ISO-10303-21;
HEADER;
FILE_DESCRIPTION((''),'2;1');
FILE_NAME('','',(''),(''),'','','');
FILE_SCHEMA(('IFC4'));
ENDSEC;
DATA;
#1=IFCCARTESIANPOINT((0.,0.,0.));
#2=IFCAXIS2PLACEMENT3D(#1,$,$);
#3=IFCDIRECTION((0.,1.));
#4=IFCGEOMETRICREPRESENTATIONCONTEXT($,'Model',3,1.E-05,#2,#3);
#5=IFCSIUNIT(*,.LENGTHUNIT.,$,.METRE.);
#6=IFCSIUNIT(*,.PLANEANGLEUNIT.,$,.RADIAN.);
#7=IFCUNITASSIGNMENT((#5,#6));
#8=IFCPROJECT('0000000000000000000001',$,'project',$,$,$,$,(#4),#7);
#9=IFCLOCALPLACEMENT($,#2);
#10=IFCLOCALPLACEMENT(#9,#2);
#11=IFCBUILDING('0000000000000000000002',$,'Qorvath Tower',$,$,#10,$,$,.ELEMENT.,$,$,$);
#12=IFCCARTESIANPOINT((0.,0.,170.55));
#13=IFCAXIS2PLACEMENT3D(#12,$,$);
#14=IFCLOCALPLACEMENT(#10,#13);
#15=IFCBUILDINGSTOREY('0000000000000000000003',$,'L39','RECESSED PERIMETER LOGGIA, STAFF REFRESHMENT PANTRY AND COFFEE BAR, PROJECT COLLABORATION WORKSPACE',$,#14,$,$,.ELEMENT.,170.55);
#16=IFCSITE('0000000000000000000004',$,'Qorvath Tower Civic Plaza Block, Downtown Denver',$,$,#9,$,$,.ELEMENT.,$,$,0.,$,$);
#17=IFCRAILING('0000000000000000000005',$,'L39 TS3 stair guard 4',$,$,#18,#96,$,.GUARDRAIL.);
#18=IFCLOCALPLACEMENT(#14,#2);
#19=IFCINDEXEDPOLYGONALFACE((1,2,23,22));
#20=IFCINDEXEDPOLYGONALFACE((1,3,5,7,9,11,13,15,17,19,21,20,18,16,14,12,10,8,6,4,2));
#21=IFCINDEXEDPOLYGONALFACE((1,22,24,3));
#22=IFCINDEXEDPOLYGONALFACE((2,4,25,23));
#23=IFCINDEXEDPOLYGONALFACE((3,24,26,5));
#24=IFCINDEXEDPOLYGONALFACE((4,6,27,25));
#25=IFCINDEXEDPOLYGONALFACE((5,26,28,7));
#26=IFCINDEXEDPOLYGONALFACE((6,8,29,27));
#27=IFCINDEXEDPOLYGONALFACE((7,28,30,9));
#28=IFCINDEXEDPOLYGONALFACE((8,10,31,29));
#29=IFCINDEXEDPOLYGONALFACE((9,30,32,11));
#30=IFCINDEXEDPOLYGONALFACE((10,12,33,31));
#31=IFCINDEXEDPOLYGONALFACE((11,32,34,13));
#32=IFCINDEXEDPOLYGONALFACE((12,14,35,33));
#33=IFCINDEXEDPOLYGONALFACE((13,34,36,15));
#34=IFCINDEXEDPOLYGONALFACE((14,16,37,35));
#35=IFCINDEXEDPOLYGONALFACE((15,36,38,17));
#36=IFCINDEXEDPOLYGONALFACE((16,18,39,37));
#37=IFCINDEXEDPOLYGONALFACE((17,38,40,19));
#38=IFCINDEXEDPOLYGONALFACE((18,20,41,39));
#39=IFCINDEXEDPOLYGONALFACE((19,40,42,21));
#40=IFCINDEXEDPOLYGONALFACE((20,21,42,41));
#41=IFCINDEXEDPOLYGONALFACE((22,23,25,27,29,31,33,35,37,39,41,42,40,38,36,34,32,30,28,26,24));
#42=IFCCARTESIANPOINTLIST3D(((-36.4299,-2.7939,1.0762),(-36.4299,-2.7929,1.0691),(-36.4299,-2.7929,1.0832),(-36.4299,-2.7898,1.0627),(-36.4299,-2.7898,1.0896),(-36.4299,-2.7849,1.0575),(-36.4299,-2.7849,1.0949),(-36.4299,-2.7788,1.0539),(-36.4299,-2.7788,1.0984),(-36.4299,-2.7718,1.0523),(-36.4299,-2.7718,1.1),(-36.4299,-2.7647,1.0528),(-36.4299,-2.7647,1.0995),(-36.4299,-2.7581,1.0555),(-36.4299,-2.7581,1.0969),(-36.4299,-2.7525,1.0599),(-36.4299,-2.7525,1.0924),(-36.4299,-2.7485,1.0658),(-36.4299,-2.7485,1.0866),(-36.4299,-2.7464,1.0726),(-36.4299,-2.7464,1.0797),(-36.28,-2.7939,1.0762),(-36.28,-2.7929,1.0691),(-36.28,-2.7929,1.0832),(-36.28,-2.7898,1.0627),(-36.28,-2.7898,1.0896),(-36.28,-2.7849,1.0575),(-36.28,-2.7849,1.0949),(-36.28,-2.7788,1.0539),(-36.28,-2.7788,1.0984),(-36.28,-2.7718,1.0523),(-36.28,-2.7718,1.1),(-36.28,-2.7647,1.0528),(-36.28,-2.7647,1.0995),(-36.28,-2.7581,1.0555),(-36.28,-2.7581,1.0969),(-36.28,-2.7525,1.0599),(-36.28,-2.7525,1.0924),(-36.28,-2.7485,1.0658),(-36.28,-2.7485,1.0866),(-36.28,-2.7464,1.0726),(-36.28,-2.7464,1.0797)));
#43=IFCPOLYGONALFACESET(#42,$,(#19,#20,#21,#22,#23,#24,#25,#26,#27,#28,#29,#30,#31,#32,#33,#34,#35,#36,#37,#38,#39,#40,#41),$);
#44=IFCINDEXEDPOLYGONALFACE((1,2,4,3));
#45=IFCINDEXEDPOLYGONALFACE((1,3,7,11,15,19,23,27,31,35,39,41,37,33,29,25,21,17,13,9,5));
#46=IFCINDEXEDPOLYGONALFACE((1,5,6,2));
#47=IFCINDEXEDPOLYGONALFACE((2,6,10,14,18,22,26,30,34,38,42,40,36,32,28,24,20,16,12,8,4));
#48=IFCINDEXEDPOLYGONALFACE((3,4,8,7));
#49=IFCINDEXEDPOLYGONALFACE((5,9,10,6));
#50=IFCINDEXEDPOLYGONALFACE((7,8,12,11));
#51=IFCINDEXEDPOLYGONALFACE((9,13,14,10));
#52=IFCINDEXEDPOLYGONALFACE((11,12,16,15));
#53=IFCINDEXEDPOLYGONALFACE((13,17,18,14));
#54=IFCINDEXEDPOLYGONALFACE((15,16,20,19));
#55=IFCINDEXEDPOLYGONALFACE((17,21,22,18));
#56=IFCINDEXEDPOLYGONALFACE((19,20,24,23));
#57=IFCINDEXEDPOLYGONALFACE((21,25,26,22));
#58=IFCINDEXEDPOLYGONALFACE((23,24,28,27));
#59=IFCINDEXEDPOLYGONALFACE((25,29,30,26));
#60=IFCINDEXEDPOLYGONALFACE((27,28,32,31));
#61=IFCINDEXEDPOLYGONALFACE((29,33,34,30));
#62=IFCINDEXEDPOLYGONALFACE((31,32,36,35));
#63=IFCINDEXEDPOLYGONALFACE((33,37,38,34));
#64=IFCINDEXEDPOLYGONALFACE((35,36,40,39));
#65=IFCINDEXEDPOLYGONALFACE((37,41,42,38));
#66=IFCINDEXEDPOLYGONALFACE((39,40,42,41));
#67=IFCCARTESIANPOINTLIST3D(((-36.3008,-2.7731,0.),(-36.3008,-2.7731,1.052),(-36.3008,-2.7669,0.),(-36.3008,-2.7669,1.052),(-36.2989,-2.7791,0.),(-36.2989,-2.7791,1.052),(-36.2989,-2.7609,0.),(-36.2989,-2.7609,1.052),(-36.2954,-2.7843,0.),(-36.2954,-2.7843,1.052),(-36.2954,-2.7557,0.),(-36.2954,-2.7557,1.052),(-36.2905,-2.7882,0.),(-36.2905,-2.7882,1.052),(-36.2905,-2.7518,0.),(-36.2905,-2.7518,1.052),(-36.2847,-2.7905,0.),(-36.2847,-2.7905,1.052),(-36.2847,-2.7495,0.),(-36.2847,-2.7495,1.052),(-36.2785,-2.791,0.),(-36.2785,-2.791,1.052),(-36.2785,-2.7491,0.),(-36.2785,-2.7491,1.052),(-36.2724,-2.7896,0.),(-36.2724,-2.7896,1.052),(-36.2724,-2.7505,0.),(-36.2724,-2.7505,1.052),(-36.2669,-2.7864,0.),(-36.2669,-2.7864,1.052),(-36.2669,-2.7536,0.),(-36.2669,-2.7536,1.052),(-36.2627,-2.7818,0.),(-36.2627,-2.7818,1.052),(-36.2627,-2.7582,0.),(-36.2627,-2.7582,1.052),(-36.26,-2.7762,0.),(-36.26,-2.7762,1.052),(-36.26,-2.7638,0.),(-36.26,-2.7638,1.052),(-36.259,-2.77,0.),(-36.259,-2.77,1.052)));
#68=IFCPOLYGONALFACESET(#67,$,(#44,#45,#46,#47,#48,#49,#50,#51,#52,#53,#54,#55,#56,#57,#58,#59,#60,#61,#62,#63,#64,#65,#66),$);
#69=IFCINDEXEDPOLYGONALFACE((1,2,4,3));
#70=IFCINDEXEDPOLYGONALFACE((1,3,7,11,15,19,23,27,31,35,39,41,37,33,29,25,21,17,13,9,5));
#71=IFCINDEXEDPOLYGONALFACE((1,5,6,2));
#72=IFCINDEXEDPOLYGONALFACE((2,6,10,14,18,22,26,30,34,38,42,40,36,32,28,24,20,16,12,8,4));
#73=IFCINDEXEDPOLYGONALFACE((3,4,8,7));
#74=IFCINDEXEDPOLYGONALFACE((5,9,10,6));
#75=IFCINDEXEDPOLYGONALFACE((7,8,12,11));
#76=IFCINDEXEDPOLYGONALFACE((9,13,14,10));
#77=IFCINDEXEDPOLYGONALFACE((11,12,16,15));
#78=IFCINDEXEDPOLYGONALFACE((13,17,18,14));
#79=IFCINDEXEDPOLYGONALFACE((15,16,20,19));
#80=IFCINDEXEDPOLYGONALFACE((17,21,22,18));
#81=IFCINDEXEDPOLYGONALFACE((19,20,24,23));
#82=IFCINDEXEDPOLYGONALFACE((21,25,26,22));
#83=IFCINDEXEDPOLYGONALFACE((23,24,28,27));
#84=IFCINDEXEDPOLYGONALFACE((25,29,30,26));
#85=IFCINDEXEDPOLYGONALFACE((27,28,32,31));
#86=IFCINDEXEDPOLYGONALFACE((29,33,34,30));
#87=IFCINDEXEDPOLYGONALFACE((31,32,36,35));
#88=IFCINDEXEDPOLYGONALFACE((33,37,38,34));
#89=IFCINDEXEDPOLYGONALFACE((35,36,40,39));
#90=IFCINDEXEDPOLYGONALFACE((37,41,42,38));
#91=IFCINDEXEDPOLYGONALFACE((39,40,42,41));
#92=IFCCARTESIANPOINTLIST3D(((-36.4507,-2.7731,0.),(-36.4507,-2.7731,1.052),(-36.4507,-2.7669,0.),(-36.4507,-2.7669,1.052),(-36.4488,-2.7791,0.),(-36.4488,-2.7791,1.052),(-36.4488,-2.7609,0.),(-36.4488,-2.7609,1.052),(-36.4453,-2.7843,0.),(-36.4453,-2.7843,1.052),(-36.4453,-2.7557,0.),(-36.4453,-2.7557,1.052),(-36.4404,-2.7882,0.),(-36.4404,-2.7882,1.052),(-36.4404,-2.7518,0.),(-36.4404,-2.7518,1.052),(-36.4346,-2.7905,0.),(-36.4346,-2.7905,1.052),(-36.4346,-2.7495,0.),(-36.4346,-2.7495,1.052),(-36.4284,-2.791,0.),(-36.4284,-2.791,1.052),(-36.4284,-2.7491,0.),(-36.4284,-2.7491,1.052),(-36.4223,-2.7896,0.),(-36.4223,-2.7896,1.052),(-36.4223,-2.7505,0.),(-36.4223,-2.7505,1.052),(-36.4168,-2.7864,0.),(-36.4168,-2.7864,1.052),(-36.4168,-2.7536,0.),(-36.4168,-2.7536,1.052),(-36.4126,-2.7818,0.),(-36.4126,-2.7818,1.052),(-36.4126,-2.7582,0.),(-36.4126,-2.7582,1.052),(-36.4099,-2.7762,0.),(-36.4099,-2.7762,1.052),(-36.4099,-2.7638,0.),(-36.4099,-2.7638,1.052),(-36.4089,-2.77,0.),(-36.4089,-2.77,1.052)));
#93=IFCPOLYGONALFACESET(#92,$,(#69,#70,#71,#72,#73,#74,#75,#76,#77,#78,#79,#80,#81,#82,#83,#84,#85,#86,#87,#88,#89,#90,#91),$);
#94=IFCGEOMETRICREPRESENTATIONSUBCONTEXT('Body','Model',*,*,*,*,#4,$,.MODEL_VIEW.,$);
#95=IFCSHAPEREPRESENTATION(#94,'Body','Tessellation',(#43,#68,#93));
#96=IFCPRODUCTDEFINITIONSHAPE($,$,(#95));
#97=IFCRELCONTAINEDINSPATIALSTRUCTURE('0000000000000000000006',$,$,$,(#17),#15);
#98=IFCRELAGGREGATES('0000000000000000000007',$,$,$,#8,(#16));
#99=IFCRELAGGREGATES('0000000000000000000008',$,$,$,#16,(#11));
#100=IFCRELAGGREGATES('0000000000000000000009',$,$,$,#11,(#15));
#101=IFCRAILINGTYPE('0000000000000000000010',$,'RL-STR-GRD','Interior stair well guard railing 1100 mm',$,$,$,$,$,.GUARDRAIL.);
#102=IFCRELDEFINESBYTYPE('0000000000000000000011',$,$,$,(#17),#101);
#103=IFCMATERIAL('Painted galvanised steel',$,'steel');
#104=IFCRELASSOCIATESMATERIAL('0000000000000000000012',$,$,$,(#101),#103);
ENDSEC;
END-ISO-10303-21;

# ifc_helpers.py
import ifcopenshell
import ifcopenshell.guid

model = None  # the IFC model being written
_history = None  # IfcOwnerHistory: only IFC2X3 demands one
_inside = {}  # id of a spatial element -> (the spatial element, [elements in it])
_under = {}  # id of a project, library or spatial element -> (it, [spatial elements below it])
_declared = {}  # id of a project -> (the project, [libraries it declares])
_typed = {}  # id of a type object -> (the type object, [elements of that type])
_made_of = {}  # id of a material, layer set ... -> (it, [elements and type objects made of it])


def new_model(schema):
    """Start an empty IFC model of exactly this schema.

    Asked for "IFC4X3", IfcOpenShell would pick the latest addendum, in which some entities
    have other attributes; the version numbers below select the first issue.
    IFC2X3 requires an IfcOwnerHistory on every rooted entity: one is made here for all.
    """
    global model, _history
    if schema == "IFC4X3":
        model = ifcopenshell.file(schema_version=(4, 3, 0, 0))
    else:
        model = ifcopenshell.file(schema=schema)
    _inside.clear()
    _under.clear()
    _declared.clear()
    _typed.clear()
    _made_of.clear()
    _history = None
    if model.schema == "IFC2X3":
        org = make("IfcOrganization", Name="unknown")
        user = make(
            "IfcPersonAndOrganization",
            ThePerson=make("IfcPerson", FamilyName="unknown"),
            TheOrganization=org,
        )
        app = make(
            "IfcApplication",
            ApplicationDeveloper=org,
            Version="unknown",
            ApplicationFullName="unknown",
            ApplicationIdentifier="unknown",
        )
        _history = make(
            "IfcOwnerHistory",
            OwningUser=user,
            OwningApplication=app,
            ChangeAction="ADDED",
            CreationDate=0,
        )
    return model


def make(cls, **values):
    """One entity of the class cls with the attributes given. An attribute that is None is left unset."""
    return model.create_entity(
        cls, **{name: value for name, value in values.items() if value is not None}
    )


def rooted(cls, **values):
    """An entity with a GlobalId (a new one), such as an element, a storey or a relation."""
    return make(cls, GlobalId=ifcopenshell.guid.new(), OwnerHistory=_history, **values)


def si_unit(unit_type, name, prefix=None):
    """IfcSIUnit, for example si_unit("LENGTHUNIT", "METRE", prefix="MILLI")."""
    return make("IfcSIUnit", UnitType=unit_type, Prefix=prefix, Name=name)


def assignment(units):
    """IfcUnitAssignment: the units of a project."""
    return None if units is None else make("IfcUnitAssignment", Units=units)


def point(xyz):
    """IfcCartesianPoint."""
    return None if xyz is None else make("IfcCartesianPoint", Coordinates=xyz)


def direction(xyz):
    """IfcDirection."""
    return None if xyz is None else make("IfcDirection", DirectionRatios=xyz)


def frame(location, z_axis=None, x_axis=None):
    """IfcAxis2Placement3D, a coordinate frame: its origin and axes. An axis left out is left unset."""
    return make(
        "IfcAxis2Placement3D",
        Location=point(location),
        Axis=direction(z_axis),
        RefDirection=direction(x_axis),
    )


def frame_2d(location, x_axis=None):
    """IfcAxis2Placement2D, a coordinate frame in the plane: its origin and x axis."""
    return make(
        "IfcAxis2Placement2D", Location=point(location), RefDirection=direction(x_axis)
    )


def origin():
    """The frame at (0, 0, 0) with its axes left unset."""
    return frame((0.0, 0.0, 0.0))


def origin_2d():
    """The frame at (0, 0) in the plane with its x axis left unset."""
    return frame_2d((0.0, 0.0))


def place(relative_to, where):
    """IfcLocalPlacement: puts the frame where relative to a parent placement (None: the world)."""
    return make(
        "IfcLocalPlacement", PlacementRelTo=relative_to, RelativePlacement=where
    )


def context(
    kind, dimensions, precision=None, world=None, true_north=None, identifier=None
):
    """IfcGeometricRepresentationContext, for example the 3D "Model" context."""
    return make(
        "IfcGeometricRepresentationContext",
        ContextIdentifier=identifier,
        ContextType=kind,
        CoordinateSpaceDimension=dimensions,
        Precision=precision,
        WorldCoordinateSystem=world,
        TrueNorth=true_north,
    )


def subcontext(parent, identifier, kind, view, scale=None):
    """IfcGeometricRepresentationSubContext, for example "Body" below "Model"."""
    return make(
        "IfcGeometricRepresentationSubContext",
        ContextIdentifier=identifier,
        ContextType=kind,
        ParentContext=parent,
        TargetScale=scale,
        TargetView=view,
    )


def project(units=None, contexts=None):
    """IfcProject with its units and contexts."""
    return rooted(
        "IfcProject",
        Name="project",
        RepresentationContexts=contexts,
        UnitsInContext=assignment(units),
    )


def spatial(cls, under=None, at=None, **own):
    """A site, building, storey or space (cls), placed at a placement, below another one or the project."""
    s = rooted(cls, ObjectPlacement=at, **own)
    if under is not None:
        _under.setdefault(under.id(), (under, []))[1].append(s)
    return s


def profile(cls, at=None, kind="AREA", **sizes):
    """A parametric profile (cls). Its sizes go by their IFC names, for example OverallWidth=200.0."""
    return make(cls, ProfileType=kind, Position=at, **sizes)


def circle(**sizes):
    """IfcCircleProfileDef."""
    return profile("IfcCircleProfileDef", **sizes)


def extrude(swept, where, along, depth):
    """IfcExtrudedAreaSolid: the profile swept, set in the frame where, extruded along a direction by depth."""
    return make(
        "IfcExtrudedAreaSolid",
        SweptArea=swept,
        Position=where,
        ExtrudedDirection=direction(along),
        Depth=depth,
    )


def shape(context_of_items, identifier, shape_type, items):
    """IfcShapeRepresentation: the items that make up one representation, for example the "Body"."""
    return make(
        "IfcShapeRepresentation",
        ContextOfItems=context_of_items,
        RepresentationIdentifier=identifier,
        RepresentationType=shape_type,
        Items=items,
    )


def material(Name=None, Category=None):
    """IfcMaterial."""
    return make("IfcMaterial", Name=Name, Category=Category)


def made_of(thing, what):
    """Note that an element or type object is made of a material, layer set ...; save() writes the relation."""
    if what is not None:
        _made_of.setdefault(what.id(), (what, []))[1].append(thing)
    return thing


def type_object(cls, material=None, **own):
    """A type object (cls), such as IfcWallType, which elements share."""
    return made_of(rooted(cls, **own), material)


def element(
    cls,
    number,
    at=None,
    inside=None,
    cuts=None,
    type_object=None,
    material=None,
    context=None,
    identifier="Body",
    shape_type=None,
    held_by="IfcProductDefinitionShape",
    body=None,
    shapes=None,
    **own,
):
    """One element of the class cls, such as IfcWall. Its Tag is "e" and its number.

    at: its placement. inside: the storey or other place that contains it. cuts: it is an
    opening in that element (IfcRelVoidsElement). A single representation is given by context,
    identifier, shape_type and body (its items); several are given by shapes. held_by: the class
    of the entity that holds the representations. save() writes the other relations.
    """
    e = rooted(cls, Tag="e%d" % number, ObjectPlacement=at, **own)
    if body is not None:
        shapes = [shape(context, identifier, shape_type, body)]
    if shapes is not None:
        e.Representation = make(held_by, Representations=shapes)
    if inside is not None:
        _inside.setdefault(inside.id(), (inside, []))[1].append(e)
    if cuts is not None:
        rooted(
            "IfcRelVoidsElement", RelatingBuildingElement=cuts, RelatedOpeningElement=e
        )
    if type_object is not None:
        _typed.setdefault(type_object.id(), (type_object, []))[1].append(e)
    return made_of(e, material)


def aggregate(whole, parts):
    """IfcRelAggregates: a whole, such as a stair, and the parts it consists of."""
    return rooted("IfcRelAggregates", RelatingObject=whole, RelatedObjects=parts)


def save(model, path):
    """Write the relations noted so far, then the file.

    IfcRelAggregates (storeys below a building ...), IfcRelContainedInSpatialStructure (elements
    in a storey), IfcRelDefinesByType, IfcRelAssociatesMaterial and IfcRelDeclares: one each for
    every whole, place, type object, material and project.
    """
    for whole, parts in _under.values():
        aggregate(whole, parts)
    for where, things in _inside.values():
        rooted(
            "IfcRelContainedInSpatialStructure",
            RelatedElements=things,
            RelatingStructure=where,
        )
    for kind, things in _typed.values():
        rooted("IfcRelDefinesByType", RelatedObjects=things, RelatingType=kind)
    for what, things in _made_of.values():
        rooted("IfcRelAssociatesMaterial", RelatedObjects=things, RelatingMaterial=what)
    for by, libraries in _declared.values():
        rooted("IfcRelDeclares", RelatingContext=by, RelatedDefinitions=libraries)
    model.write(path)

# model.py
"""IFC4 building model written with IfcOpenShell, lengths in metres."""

from ifc_helpers import new_model, si_unit, direction, frame, origin, origin_2d, place, context, subcontext, project, spatial, circle, extrude, material, type_object, element, save


model = new_model("IFC4")

# Units and contexts
model_context = context("Model", 3, precision=1e-05, world=origin(), true_north=direction((0.0, 1.0)))
body_context = subcontext(model_context, "Body", "Model", "MODEL_VIEW")
ifc_project = project(units=[si_unit("LENGTHUNIT", "METRE"), si_unit("PLANEANGLEUNIT", "RADIAN")], contexts=[model_context])

# Site, building, storey
site_placement = place(None, origin())
site = spatial("IfcSite", under=ifc_project, at=site_placement, Name="Qorvath Tower Civic Plaza Block, Downtown Denver", CompositionType="ELEMENT", RefElevation=0.0)
building_placement = place(site_placement, origin())
building = spatial("IfcBuilding", under=site, at=building_placement, Name="Qorvath Tower", CompositionType="ELEMENT")
storey_placement = place(building_placement, frame((0.0, 0.0, 170.55)))
storey = spatial("IfcBuildingStorey", under=building, at=storey_placement, Name="L39", Description="RECESSED PERIMETER LOGGIA, STAFF REFRESHMENT PANTRY AND COFFEE BAR, PROJECT COLLABORATION WORKSPACE", CompositionType="ELEMENT", Elevation=170.55)

# Railing
ifc_material_1 = material(Name="Painted galvanised steel", Category="steel")
railing_type_1 = type_object("IfcRailingType", Name="RL-STR-GRD", Description="Interior stair well guard railing 1100 mm", PredefinedType="GUARDRAIL", material=ifc_material_1)
railing_1_placement = place(storey_placement, frame((-36.28, -2.77, 0.0)))
element("IfcRailing", 1, at=railing_1_placement, inside=storey, type_object=railing_type_1, Name="L39 TS3 stair guard 4", PredefinedType="GUARDRAIL", context=body_context, shape_type="SweptSolid", body=[
    extrude(circle(Radius=0.0239, at=origin_2d()), frame((0.0, 0.0, 1.0762), z_axis=(-1.0, 0.0, 0.0), x_axis=(0.0, -1.0, 0.0)), (0.0, 0.0, 1.0), 0.1499),
    extrude(circle(Radius=0.021, at=origin_2d()), origin(), (0.0, 0.0, 1.0), 1.052),
    extrude(circle(Radius=0.021, at=origin_2d()), frame((-0.1499, 0.0, 0.0)), (0.0, 0.0, 1.0), 1.052),
])

save(model, "model.ifc")
